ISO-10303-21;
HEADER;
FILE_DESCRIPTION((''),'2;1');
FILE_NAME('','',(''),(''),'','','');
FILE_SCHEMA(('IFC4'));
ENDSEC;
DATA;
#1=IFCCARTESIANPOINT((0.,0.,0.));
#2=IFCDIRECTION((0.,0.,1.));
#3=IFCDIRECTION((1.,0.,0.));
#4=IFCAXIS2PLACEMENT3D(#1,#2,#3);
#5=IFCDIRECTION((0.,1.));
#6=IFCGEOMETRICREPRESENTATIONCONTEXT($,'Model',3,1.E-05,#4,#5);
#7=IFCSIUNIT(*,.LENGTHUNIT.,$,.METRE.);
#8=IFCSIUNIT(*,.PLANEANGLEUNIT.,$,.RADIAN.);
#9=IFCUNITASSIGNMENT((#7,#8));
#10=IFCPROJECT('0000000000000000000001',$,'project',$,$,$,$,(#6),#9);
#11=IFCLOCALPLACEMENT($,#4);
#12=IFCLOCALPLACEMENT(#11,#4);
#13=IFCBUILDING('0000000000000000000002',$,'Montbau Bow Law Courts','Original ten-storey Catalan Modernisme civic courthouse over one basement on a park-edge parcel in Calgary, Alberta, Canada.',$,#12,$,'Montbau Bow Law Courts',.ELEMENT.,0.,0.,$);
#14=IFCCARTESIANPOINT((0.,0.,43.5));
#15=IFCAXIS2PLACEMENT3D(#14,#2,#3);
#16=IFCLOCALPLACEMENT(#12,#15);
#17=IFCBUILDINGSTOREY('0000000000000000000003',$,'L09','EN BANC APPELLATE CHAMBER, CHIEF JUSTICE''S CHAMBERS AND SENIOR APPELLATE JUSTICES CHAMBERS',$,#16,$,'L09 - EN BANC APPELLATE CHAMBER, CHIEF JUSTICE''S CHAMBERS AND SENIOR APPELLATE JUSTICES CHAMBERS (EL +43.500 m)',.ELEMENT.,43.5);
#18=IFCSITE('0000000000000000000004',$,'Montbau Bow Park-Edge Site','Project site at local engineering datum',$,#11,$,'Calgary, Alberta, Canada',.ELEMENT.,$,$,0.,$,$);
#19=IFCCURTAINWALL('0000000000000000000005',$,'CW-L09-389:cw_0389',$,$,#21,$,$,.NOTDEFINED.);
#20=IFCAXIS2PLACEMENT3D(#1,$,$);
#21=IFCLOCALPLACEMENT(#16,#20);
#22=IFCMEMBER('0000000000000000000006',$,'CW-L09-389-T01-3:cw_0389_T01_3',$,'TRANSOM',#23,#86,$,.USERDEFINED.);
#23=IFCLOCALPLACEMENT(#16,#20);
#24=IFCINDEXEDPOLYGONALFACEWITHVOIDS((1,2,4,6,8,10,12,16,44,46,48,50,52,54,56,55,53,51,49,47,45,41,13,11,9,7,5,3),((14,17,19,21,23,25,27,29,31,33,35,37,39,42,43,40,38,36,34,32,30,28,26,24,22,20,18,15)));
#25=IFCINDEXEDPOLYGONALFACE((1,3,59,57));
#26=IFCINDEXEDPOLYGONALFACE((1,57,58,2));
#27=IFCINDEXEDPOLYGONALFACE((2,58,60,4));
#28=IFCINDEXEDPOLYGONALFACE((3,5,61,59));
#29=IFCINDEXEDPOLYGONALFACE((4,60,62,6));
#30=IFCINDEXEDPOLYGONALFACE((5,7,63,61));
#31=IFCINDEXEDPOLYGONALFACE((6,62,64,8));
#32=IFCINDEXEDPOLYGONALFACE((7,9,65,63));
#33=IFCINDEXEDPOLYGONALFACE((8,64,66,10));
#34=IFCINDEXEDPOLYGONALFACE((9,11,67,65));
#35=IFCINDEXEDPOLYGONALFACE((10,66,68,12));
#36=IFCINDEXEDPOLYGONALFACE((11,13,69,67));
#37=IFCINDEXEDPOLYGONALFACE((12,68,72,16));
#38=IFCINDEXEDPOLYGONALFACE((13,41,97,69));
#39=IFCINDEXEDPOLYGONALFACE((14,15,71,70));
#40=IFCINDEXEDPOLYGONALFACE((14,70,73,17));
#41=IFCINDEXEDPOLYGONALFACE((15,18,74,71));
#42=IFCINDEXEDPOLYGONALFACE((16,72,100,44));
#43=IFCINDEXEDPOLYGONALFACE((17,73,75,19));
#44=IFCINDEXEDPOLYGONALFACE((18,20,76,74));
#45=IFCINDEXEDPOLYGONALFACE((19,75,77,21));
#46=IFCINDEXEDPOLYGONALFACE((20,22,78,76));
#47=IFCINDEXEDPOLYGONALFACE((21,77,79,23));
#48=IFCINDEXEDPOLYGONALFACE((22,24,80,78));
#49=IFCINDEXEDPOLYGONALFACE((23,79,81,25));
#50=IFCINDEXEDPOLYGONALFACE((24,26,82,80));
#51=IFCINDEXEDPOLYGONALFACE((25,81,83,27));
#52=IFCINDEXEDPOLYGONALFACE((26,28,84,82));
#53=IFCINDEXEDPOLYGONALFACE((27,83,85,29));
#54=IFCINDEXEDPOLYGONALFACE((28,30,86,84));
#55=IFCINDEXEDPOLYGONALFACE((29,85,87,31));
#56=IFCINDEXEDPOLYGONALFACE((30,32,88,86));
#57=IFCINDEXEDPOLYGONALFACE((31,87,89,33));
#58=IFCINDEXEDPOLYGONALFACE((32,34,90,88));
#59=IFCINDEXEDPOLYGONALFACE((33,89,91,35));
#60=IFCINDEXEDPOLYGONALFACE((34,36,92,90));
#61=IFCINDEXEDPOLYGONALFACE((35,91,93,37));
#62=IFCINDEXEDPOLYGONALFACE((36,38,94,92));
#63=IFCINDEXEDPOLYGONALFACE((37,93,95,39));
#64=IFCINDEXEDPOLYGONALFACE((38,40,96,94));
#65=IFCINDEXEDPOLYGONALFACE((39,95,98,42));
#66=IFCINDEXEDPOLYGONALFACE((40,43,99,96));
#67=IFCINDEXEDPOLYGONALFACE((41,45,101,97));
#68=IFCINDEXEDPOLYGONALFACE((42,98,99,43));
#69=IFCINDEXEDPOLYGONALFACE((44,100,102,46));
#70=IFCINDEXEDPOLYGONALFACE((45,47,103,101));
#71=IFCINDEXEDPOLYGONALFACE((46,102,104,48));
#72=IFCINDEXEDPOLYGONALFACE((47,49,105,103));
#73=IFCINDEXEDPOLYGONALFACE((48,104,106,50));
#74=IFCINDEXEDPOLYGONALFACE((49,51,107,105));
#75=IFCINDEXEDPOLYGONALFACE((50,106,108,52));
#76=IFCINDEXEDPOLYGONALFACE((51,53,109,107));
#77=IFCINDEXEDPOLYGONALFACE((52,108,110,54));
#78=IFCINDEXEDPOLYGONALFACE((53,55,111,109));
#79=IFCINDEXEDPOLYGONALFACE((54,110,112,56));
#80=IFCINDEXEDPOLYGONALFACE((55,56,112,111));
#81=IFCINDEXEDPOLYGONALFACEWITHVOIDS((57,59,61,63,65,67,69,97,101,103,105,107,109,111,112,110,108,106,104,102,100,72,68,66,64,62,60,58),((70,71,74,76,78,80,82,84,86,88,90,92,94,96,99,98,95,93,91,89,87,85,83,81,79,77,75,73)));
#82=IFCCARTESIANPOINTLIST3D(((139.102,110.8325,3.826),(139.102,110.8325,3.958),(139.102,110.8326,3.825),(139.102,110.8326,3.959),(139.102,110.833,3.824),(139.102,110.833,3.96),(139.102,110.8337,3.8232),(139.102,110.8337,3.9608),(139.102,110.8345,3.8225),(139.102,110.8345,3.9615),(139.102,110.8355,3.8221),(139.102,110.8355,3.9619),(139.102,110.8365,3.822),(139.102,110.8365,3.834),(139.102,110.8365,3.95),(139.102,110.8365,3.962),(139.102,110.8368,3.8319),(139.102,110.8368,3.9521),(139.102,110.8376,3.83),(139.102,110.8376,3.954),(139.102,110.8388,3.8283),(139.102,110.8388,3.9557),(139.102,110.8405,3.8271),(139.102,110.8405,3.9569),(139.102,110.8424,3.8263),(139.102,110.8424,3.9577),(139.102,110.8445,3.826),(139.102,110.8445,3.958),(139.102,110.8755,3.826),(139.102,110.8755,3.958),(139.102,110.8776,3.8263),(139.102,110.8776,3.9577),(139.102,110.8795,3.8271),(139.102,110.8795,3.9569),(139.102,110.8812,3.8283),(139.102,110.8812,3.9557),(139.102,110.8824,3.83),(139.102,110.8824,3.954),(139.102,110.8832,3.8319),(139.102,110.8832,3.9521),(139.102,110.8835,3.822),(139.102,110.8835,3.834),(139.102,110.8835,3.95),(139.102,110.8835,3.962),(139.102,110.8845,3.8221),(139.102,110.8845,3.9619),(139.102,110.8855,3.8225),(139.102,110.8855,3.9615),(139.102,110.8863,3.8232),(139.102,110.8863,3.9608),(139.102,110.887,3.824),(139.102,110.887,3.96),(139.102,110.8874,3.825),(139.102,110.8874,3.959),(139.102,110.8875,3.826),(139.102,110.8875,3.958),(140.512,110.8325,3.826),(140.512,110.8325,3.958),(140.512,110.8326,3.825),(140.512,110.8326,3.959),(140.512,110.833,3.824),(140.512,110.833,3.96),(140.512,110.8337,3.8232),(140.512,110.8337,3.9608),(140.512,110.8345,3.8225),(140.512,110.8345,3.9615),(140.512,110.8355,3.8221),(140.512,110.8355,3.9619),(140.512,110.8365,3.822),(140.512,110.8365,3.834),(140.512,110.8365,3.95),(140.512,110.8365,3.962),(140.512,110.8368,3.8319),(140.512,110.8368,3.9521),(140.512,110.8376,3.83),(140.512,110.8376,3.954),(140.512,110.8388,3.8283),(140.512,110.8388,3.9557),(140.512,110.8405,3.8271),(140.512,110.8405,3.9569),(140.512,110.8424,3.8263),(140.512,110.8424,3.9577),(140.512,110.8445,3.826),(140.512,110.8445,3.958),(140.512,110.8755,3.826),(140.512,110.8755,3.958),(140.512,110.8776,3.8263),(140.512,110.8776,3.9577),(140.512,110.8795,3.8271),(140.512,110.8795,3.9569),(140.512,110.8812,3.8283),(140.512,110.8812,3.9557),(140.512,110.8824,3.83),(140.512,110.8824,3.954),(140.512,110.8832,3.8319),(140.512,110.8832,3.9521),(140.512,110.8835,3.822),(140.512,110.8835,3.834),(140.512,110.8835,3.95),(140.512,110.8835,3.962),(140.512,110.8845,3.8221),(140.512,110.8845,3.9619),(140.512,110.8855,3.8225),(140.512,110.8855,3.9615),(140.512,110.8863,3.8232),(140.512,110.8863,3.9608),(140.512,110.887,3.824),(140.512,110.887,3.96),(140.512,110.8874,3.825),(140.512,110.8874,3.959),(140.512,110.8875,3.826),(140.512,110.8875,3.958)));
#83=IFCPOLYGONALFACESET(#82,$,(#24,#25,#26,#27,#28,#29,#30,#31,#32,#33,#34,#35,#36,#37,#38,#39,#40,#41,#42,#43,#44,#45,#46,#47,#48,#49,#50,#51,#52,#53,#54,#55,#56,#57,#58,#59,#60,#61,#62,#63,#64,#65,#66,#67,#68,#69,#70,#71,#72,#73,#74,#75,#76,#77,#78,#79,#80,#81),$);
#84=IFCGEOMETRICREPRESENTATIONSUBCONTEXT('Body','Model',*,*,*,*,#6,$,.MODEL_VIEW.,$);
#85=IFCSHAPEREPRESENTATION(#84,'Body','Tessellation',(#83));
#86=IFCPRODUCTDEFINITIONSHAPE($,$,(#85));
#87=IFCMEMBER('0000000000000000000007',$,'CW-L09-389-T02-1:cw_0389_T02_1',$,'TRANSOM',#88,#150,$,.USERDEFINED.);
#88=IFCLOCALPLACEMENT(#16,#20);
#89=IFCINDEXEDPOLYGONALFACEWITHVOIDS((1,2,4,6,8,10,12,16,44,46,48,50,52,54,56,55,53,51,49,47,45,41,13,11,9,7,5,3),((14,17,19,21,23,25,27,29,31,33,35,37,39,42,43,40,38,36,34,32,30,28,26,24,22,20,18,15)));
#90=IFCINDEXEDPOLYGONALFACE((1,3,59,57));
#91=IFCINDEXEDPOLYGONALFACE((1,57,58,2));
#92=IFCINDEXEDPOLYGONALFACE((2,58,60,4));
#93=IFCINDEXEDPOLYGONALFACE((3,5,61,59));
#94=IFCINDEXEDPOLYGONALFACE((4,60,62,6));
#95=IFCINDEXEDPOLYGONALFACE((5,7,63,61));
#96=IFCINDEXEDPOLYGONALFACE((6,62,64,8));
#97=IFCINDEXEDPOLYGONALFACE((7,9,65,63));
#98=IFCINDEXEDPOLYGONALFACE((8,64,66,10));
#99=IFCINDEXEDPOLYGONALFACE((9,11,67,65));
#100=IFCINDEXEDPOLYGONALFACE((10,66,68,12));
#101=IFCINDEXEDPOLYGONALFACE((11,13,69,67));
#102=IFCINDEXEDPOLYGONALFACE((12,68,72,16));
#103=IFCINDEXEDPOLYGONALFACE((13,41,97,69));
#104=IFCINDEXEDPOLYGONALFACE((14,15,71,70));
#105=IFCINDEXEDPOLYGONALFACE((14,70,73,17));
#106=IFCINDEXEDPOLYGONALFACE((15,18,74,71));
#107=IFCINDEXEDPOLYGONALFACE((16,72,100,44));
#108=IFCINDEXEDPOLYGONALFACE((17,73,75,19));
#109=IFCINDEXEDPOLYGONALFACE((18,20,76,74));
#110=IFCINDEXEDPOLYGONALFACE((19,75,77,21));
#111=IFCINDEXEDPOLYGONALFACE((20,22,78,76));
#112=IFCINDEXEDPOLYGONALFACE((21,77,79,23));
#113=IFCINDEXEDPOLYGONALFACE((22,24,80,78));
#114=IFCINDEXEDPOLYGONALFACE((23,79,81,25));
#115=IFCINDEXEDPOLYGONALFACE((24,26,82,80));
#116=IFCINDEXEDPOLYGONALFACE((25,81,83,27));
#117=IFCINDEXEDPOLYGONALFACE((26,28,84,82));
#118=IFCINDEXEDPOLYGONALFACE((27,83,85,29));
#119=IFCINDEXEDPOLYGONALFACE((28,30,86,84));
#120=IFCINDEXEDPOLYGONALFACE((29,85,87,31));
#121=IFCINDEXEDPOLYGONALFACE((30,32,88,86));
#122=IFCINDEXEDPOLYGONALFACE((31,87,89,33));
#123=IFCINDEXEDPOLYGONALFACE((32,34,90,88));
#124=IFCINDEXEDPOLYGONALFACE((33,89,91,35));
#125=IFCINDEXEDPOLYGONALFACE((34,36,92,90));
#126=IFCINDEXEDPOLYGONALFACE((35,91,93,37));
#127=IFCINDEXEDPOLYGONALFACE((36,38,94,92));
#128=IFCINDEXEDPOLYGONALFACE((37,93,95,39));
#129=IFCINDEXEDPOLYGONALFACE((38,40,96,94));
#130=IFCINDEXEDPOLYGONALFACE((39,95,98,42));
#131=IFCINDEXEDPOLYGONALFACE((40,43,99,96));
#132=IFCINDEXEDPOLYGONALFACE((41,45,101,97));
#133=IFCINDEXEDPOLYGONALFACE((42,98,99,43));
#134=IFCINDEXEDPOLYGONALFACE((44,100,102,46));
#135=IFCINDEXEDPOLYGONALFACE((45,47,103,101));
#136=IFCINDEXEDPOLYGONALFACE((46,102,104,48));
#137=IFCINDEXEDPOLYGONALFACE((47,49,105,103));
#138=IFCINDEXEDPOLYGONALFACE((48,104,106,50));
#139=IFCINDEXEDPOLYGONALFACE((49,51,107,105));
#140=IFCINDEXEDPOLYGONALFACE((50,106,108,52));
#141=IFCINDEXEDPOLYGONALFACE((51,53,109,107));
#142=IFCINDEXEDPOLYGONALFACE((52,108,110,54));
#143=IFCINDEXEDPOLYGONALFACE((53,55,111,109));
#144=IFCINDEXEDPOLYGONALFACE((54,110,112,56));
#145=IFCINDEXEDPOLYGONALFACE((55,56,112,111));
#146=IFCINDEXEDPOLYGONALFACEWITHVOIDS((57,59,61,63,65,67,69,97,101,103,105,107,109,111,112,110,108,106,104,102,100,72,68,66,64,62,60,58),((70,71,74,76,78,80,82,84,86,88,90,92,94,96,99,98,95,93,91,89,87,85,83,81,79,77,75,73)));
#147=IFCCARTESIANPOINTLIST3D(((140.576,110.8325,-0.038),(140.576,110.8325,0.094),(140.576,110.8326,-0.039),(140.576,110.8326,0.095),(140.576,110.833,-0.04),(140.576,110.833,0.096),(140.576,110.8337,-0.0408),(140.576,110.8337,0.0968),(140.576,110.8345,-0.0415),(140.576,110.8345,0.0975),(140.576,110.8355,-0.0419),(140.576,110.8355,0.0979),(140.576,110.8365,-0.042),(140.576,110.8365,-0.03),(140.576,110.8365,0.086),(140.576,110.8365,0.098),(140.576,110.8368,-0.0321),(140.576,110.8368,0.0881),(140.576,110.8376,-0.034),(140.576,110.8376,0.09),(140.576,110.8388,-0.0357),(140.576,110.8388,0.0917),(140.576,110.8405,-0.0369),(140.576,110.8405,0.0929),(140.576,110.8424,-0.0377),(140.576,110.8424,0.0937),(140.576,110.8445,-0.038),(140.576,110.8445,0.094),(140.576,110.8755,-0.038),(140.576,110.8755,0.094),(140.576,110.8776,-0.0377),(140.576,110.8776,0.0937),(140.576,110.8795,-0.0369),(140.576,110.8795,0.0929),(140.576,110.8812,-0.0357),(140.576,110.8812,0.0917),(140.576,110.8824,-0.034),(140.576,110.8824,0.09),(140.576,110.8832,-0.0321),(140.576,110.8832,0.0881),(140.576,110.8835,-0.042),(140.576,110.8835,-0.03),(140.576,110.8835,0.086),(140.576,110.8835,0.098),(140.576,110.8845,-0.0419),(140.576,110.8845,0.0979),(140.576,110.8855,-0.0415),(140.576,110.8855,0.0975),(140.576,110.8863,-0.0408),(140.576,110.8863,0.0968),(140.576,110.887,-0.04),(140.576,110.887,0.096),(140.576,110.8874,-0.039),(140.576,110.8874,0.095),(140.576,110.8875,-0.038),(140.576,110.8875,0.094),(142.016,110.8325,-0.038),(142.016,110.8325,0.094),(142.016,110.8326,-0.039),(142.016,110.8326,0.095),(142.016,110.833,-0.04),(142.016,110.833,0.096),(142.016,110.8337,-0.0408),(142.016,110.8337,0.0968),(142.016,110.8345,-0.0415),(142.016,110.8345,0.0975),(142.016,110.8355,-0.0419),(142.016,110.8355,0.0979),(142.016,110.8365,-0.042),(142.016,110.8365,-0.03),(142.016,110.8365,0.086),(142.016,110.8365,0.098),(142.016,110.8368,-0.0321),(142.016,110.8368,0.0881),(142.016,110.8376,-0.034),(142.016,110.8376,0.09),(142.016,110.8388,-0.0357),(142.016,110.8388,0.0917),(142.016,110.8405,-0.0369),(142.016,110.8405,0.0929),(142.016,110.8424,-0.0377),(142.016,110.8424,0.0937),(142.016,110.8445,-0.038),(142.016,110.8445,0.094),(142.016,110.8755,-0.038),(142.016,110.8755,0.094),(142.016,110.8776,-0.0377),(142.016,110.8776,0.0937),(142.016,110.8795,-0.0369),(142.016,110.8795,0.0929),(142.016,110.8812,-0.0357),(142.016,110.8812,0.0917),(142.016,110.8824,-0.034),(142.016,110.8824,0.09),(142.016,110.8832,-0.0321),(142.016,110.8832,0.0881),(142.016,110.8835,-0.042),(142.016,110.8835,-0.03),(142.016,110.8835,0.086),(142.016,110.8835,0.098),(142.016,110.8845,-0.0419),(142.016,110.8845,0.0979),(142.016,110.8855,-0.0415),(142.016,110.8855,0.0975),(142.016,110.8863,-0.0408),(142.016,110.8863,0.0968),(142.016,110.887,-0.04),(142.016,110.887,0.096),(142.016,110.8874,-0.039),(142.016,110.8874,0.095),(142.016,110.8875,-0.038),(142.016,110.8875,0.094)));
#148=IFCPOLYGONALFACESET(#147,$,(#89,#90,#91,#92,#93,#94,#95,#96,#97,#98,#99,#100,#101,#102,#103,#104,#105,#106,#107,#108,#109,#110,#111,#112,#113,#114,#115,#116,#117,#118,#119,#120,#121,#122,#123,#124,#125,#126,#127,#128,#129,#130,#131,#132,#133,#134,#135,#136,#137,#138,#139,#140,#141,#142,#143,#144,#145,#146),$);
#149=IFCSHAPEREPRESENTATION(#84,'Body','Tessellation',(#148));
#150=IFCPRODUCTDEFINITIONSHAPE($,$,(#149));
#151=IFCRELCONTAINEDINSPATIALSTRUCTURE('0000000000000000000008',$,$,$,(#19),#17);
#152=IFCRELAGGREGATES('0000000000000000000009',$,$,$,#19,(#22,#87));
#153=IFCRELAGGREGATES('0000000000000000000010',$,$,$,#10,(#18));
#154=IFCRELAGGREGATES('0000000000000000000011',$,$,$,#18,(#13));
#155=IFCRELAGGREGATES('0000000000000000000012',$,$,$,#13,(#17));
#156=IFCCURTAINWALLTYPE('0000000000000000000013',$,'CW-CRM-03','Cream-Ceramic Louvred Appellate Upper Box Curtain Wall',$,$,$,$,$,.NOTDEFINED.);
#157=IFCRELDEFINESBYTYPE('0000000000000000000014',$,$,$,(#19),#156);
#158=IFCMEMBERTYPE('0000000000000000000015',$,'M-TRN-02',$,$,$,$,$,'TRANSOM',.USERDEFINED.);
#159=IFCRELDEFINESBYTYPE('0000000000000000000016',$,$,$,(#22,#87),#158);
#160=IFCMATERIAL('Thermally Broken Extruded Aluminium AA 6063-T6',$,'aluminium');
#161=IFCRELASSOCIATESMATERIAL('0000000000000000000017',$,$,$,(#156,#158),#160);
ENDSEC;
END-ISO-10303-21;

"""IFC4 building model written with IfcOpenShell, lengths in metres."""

from ifc_helpers import new_model, si_unit, direction, frame, origin_with_axes, origin_2d_with_axis, place, context, subcontext, project, spatial, hollow_rectangle, extrude, material, material_profile, profile_set, type_object, element, aggregate, save


model = new_model("IFC4")

# Units and contexts
model_context = context("Model", 3, precision=1e-05, world=origin_with_axes(), true_north=direction((0.0, 1.0)))
body_context = subcontext(model_context, "Body", "Model", "MODEL_VIEW")
ifc_project = project(units=[si_unit("LENGTHUNIT", "METRE"), si_unit("PLANEANGLEUNIT", "RADIAN")], contexts=[model_context])

# Site, building, storey
site_placement = place(None, origin_with_axes())
site = spatial("IfcSite", under=ifc_project, at=site_placement, Name="Montbau Bow Park-Edge Site", Description="Project site at local engineering datum", LongName="Calgary, Alberta, Canada", CompositionType="ELEMENT", RefElevation=0.0)
building_placement = place(site_placement, origin_with_axes())
building = spatial("IfcBuilding", under=site, at=building_placement, Name="Montbau Bow Law Courts", Description="Original ten-storey Catalan Modernisme civic courthouse over one basement on a park-edge parcel in Calgary, Alberta, Canada.", LongName="Montbau Bow Law Courts", CompositionType="ELEMENT", ElevationOfRefHeight=0.0, ElevationOfTerrain=0.0)
storey_placement = place(building_placement, frame((0.0, 0.0, 43.5), z_axis=(0.0, 0.0, 1.0), x_axis=(1.0, 0.0, 0.0)))
storey = spatial("IfcBuildingStorey", under=building, at=storey_placement, Name="L09", Description="EN BANC APPELLATE CHAMBER, CHIEF JUSTICE'S CHAMBERS AND SENIOR APPELLATE JUSTICES CHAMBERS", LongName="L09 - EN BANC APPELLATE CHAMBER, CHIEF JUSTICE'S CHAMBERS AND SENIOR APPELLATE JUSTICES CHAMBERS (EL +43.500 m)", CompositionType="ELEMENT", Elevation=43.5)

# Curtain wall
ifc_material_1 = material(Name="Thermally Broken Extruded Aluminium AA 6063-T6", Category="aluminium")
curtain_wall_type = type_object("IfcCurtainWallType", Name="CW-CRM-03", Description="Cream-Ceramic Louvred Appellate Upper Box Curtain Wall", PredefinedType="NOTDEFINED", material=ifc_material_1)
curtain_wall_1_placement = place(None, frame((139.04, 110.86, 43.5), z_axis=(0.0, 0.0, 1.0), x_axis=(1.0, 0.0, 0.0)))
curtain_wall_1 = element("IfcCurtainWall", 1, at=curtain_wall_1_placement, inside=storey, type_object=curtain_wall_type, Name="CW-L09-389:cw_0389", PredefinedType="NOTDEFINED")

# Members
ifc_material_profile_1 = material_profile(ifc_material_1, hollow_rectangle(XDim=0.055, YDim=0.14, WallThickness=0.004, InnerFilletRadius=0.008, OuterFilletRadius=0.004, at=origin_2d_with_axis()), Name="CWT-140X55", Category="Main", Priority=0)
ifc_profile_set_1 = profile_set([ifc_material_profile_1], Name="Thermally Broken Extruded Aluminium AA 6063-T6")
member_type_1 = type_object("IfcMemberType", Name="M-TRN-02", ElementType="TRANSOM", PredefinedType="USERDEFINED", material=ifc_profile_set_1)
member_1_placement = place(None, frame((139.102, 110.86, 47.392), z_axis=(1.0, 0.0, 0.0), x_axis=(0.0, 1.0, 0.0)))
member_1 = element("IfcMember", 2, at=member_1_placement, type_object=member_type_1, Name="CW-L09-389-T01-3:cw_0389_T01_3", ObjectType="TRANSOM", PredefinedType="USERDEFINED", context=body_context, shape_type="SweptSolid", body=[
    extrude(hollow_rectangle(XDim=0.055, YDim=0.14, WallThickness=0.004, InnerFilletRadius=0.008, OuterFilletRadius=0.004, at=origin_2d_with_axis()), origin_with_axes(), (0.0, 0.0, 1.0), 1.41),
])
member_2_placement = place(None, frame((140.576, 110.86, 43.528), z_axis=(1.0, 0.0, 0.0), x_axis=(0.0, 1.0, 0.0)))
member_2 = element("IfcMember", 3, at=member_2_placement, type_object=member_type_1, Name="CW-L09-389-T02-1:cw_0389_T02_1", ObjectType="TRANSOM", PredefinedType="USERDEFINED", context=body_context, shape_type="SweptSolid", body=[
    extrude(hollow_rectangle(XDim=0.055, YDim=0.14, WallThickness=0.004, InnerFilletRadius=0.008, OuterFilletRadius=0.004, at=origin_2d_with_axis()), origin_with_axes(), (0.0, 0.0, 1.0), 1.44),
])

aggregate(curtain_wall_1, [member_1, member_2])

save(model, "model.ifc")
